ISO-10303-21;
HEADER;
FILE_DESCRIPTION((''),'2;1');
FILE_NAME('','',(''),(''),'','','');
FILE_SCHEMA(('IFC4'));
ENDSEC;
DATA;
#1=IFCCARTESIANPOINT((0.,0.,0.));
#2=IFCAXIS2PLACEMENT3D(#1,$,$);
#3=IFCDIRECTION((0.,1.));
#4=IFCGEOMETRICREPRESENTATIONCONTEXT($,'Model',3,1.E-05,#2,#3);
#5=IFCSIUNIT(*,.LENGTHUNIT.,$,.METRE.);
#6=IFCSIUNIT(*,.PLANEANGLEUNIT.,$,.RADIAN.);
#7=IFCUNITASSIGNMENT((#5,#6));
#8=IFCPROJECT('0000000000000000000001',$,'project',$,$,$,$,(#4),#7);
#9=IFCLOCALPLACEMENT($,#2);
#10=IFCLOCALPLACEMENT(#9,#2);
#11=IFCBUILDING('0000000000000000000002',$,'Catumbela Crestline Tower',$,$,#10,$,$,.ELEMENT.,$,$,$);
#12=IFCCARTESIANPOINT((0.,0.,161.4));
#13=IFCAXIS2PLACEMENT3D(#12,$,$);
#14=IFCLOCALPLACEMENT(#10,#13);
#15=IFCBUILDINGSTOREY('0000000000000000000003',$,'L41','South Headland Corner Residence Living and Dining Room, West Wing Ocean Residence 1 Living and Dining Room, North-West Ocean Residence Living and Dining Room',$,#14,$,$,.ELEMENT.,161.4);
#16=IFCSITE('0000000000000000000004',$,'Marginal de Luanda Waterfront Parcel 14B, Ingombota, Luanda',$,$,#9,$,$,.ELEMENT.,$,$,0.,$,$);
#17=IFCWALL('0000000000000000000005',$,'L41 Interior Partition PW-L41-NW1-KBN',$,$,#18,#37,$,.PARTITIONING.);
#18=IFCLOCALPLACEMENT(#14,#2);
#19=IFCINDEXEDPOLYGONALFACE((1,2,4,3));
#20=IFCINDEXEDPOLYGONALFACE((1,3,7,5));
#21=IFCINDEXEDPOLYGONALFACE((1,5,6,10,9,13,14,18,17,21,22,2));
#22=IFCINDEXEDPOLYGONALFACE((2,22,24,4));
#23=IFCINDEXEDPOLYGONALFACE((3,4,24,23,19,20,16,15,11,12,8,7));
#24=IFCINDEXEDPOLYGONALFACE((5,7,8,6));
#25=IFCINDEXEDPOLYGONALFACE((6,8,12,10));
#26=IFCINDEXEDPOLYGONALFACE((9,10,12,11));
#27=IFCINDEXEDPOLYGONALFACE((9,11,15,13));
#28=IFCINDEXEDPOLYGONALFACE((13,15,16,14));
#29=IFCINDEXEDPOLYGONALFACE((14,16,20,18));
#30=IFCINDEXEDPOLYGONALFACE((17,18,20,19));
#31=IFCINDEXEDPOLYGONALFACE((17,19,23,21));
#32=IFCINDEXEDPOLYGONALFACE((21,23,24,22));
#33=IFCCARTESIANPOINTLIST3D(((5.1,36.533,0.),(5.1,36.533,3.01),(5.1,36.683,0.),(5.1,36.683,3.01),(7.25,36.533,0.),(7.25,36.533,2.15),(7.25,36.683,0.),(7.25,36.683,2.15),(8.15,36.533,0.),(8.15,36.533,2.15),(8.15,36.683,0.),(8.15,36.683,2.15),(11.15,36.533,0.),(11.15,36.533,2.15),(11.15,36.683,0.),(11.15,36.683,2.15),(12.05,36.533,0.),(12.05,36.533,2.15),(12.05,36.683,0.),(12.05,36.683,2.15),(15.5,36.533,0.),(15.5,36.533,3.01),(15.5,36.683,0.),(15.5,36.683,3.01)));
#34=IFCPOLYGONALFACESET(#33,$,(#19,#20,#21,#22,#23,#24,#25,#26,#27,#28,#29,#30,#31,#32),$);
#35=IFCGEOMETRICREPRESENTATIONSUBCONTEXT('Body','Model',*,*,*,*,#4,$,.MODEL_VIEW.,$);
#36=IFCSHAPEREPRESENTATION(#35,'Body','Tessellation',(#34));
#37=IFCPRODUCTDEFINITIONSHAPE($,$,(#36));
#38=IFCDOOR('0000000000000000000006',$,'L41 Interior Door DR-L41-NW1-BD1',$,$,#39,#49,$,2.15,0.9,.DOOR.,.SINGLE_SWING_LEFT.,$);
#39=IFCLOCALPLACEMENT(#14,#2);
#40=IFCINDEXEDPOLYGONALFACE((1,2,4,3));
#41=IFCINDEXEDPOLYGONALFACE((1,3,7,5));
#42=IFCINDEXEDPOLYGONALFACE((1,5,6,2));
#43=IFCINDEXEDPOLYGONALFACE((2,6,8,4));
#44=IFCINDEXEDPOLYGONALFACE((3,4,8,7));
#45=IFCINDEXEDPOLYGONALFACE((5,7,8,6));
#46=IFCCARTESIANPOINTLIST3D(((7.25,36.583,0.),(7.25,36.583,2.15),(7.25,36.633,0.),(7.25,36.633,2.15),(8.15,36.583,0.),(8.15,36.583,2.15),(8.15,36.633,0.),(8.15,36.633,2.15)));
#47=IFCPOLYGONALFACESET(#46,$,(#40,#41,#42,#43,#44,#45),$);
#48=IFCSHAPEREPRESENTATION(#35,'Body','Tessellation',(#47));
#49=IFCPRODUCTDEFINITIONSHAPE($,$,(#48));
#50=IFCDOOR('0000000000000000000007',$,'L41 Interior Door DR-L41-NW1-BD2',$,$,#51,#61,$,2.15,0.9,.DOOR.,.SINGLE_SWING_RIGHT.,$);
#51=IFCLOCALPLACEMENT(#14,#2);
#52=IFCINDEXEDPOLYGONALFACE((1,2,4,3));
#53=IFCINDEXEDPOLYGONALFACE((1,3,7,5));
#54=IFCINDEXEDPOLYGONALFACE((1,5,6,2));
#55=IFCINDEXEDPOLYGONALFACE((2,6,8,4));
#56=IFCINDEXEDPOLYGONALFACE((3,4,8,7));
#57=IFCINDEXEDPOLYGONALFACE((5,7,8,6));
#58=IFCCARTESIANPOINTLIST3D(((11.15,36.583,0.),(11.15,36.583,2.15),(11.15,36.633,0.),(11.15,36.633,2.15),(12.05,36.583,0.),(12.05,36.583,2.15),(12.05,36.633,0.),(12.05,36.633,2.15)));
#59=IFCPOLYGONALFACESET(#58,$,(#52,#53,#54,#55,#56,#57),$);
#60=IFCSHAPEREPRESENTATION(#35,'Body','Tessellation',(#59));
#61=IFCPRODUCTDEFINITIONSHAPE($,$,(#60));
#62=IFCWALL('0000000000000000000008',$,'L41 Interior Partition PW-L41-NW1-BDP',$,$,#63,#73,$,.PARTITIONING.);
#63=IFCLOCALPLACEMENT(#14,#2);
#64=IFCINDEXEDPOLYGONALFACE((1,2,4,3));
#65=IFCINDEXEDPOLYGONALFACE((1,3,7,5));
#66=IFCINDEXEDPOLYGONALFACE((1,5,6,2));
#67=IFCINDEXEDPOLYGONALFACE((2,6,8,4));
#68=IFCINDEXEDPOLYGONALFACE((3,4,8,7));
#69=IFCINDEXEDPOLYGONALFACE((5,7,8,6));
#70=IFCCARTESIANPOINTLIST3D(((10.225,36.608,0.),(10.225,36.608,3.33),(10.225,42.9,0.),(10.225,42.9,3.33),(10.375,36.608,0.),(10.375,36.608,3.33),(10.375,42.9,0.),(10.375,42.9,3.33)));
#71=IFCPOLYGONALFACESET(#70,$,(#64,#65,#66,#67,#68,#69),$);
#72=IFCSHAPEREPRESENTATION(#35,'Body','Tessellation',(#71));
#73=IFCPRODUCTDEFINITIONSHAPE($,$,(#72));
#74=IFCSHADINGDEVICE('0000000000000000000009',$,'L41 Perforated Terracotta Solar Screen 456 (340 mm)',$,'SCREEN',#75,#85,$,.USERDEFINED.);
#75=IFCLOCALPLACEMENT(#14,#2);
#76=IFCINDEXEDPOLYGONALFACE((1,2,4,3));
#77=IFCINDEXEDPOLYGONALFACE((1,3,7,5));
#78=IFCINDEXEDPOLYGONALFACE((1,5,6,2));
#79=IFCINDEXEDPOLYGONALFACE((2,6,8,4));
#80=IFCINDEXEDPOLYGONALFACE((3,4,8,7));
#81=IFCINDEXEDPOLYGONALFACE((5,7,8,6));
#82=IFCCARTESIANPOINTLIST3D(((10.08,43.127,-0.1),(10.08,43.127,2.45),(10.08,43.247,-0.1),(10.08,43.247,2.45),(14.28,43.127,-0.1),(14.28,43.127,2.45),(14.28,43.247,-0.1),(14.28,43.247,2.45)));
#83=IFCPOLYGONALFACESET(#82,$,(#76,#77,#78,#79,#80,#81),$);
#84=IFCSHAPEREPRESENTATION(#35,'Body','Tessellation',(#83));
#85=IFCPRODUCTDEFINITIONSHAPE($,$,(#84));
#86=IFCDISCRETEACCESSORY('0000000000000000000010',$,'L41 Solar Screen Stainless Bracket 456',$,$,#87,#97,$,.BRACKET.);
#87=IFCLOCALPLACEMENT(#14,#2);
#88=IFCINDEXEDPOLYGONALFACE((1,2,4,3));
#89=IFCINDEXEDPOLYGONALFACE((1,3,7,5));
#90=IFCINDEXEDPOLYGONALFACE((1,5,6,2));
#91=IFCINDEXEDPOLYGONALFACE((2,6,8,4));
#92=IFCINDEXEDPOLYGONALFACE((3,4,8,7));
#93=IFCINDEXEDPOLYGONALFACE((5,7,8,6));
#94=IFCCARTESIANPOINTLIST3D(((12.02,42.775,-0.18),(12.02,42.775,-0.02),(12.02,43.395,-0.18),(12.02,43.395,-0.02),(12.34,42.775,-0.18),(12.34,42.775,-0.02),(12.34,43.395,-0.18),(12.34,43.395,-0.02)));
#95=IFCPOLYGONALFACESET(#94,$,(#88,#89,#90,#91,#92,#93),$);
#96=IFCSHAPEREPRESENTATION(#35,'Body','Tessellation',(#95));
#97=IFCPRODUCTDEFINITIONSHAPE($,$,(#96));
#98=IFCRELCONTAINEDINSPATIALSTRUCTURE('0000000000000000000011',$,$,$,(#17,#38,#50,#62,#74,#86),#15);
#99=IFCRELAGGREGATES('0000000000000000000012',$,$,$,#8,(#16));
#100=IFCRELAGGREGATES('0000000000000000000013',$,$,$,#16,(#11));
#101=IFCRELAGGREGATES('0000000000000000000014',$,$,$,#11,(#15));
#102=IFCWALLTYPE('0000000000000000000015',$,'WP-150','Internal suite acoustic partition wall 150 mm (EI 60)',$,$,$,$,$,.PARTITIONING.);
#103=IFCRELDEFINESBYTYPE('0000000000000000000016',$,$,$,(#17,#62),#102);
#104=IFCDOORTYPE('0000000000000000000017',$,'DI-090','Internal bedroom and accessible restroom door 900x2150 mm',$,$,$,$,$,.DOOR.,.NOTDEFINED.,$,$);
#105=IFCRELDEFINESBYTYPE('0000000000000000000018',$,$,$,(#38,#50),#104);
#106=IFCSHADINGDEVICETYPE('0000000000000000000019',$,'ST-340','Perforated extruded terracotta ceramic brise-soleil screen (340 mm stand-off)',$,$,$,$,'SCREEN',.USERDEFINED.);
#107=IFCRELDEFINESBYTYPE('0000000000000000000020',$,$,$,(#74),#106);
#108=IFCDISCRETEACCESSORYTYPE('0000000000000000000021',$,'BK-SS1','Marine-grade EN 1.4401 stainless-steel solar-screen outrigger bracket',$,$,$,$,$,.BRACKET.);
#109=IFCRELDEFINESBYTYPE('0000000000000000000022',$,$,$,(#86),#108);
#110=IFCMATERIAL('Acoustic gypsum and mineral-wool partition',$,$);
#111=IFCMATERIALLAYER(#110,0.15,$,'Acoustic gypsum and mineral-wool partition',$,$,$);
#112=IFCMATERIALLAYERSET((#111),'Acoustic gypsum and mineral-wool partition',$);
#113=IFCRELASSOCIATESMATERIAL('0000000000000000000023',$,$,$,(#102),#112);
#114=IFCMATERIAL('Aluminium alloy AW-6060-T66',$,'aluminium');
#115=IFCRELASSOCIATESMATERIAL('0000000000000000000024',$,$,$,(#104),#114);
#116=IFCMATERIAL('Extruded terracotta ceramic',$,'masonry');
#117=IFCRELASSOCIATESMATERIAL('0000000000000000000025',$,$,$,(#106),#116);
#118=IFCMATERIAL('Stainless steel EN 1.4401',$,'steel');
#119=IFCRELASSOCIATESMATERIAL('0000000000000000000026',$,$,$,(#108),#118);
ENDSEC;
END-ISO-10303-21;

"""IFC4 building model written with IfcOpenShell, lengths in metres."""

from ifc_helpers import new_model, si_unit, direction, frame, frame_2d, origin, origin_2d, place, context, subcontext, project, spatial, rectangle, extrude, material, layer, layer_set, type_object, element, fill, save


model = new_model("IFC4")

# Units and contexts
model_context = context("Model", 3, precision=1e-05, world=origin(), true_north=direction((0.0, 1.0)))
body_context = subcontext(model_context, "Body", "Model", "MODEL_VIEW")
ifc_project = project(units=[si_unit("LENGTHUNIT", "METRE"), si_unit("PLANEANGLEUNIT", "RADIAN")], contexts=[model_context])

# Site, building, storey
site_placement = place(None, origin())
site = spatial("IfcSite", under=ifc_project, at=site_placement, Name="Marginal de Luanda Waterfront Parcel 14B, Ingombota, Luanda", CompositionType="ELEMENT", RefElevation=0.0)
building_placement = place(site_placement, origin())
building = spatial("IfcBuilding", under=site, at=building_placement, Name="Catumbela Crestline Tower", CompositionType="ELEMENT")
storey_placement = place(building_placement, frame((0.0, 0.0, 161.4)))
storey = spatial("IfcBuildingStorey", under=building, at=storey_placement, Name="L41", Description="South Headland Corner Residence Living and Dining Room, West Wing Ocean Residence 1 Living and Dining Room, North-West Ocean Residence Living and Dining Room", CompositionType="ELEMENT", Elevation=161.4)

# Shared definitions
ifc_material_1 = material(Name="Aluminium alloy AW-6060-T66", Category="aluminium")

# Wall, openings, doors
ifc_material_2 = material(Name="Acoustic gypsum and mineral-wool partition")
ifc_layer_1 = layer(ifc_material_2, 0.15, Name="Acoustic gypsum and mineral-wool partition")
ifc_layer_set_1 = layer_set([ifc_layer_1], Name="Acoustic gypsum and mineral-wool partition")
wall_type_1 = type_object("IfcWallType", Name="WP-150", Description="Internal suite acoustic partition wall 150 mm (EI 60)", PredefinedType="PARTITIONING", material=ifc_layer_set_1)
wall_1_placement = place(storey_placement, frame((5.1, 36.608, 0.0), z_axis=(0.0, 0.0, 1.0), x_axis=(1.0, 0.0, 0.0)))
wall_1 = element("IfcWall", 1, at=wall_1_placement, inside=storey, type_object=wall_type_1, Name="L41 Interior Partition PW-L41-NW1-KBN", PredefinedType="PARTITIONING", context=body_context, shape_type="SweptSolid", body=[
    extrude(rectangle(XDim=10.4, YDim=0.15, at=frame_2d((5.2, 0.0))), origin(), (0.0, 0.0, 1.0), 3.01),
])
opening_1_placement = place(wall_1_placement, frame((2.15, 0.0, 0.0)))
opening_1 = element("IfcOpeningElement", 2, at=opening_1_placement, cuts=wall_1, PredefinedType="OPENING", context=body_context, shape_type="SweptSolid", body=[
    extrude(rectangle(XDim=0.9, YDim=2.15, at=frame_2d((0.45, 1.075))), frame((0.0, 0.085, 0.0), z_axis=(0.0, -1.0, 0.0), x_axis=(1.0, 0.0, 0.0)), (0.0, 0.0, 1.0), 0.17),
])
opening_2_placement = place(wall_1_placement, frame((6.05, 0.0, 0.0)))
opening_2 = element("IfcOpeningElement", 3, at=opening_2_placement, cuts=wall_1, PredefinedType="OPENING", context=body_context, shape_type="SweptSolid", body=[
    extrude(rectangle(XDim=0.9, YDim=2.15, at=frame_2d((0.45, 1.075))), frame((0.0, 0.085, 0.0), z_axis=(0.0, -1.0, 0.0), x_axis=(1.0, 0.0, 0.0)), (0.0, 0.0, 1.0), 0.17),
])
door_type_1 = type_object("IfcDoorType", Name="DI-090", Description="Internal bedroom and accessible restroom door 900x2150 mm", OperationType="NOTDEFINED", PredefinedType="DOOR", material=ifc_material_1)
door_1_placement = place(opening_1_placement, origin())
door_1 = element("IfcDoor", 4, at=door_1_placement, inside=storey, type_object=door_type_1, Name="L41 Interior Door DR-L41-NW1-BD1", OperationType="SINGLE_SWING_LEFT", OverallHeight=2.15, OverallWidth=0.9, PredefinedType="DOOR", context=body_context, shape_type="SweptSolid", body=[
    extrude(rectangle(XDim=0.9, YDim=2.15, at=frame_2d((0.45, 1.075))), frame((0.0, 0.025, 0.0), z_axis=(0.0, -1.0, 0.0), x_axis=(1.0, 0.0, 0.0)), (0.0, 0.0, 1.0), 0.05),
])
fill(opening_1, door_1)
door_2_placement = place(opening_2_placement, origin())
door_2 = element("IfcDoor", 5, at=door_2_placement, inside=storey, type_object=door_type_1, Name="L41 Interior Door DR-L41-NW1-BD2", OperationType="SINGLE_SWING_RIGHT", OverallHeight=2.15, OverallWidth=0.9, PredefinedType="DOOR", context=body_context, shape_type="SweptSolid", body=[
    extrude(rectangle(XDim=0.9, YDim=2.15, at=frame_2d((0.45, 1.075))), frame((0.0, 0.025, 0.0), z_axis=(0.0, -1.0, 0.0), x_axis=(1.0, 0.0, 0.0)), (0.0, 0.0, 1.0), 0.05),
])
fill(opening_2, door_2)

# Wall
wall_2_placement = place(storey_placement, frame((10.3, 36.608, 0.0), z_axis=(0.0, 0.0, 1.0), x_axis=(0.0, 1.0, 0.0)))
element("IfcWall", 6, at=wall_2_placement, inside=storey, type_object=wall_type_1, Name="L41 Interior Partition PW-L41-NW1-BDP", PredefinedType="PARTITIONING", context=body_context, shape_type="SweptSolid", body=[
    extrude(rectangle(XDim=6.292, YDim=0.15, at=frame_2d((3.146, 0.0))), origin(), (0.0, 0.0, 1.0), 3.33),
])

# Shared definitions
ifc_material_3 = material(Name="Stainless steel EN 1.4401", Category="steel")

# Shading device
ifc_material_4 = material(Name="Extruded terracotta ceramic", Category="masonry")
shading_device_type = type_object("IfcShadingDeviceType", Name="ST-340", Description="Perforated extruded terracotta ceramic brise-soleil screen (340 mm stand-off)", ElementType="SCREEN", PredefinedType="USERDEFINED", material=ifc_material_4)
shading_device_placement = place(storey_placement, frame((12.18, 43.187, -0.1), z_axis=(0.0, 0.0, 1.0), x_axis=(-1.0, 0.0, 0.0)))
element("IfcShadingDevice", 7, at=shading_device_placement, inside=storey, type_object=shading_device_type, Name="L41 Perforated Terracotta Solar Screen 456 (340 mm)", ObjectType="SCREEN", PredefinedType="USERDEFINED", context=body_context, shape_type="SweptSolid", body=[
    extrude(rectangle(XDim=4.2, YDim=0.12, at=origin_2d()), origin(), (0.0, 0.0, 1.0), 2.55),
])

# Discrete accessory
discrete_accessory_type = type_object("IfcDiscreteAccessoryType", Name="BK-SS1", Description="Marine-grade EN 1.4401 stainless-steel solar-screen outrigger bracket", PredefinedType="BRACKET", material=ifc_material_3)
discrete_accessory_placement = place(storey_placement, frame((12.18, 43.085, -0.18), z_axis=(0.0, 0.0, 1.0), x_axis=(-1.0, 0.0, 0.0)))
element("IfcDiscreteAccessory", 8, at=discrete_accessory_placement, inside=storey, type_object=discrete_accessory_type, Name="L41 Solar Screen Stainless Bracket 456", PredefinedType="BRACKET", context=body_context, shape_type="SweptSolid", body=[
    extrude(rectangle(XDim=0.32, YDim=0.62, at=origin_2d()), origin(), (0.0, 0.0, 1.0), 0.16),
])

save(model, "model.ifc")
